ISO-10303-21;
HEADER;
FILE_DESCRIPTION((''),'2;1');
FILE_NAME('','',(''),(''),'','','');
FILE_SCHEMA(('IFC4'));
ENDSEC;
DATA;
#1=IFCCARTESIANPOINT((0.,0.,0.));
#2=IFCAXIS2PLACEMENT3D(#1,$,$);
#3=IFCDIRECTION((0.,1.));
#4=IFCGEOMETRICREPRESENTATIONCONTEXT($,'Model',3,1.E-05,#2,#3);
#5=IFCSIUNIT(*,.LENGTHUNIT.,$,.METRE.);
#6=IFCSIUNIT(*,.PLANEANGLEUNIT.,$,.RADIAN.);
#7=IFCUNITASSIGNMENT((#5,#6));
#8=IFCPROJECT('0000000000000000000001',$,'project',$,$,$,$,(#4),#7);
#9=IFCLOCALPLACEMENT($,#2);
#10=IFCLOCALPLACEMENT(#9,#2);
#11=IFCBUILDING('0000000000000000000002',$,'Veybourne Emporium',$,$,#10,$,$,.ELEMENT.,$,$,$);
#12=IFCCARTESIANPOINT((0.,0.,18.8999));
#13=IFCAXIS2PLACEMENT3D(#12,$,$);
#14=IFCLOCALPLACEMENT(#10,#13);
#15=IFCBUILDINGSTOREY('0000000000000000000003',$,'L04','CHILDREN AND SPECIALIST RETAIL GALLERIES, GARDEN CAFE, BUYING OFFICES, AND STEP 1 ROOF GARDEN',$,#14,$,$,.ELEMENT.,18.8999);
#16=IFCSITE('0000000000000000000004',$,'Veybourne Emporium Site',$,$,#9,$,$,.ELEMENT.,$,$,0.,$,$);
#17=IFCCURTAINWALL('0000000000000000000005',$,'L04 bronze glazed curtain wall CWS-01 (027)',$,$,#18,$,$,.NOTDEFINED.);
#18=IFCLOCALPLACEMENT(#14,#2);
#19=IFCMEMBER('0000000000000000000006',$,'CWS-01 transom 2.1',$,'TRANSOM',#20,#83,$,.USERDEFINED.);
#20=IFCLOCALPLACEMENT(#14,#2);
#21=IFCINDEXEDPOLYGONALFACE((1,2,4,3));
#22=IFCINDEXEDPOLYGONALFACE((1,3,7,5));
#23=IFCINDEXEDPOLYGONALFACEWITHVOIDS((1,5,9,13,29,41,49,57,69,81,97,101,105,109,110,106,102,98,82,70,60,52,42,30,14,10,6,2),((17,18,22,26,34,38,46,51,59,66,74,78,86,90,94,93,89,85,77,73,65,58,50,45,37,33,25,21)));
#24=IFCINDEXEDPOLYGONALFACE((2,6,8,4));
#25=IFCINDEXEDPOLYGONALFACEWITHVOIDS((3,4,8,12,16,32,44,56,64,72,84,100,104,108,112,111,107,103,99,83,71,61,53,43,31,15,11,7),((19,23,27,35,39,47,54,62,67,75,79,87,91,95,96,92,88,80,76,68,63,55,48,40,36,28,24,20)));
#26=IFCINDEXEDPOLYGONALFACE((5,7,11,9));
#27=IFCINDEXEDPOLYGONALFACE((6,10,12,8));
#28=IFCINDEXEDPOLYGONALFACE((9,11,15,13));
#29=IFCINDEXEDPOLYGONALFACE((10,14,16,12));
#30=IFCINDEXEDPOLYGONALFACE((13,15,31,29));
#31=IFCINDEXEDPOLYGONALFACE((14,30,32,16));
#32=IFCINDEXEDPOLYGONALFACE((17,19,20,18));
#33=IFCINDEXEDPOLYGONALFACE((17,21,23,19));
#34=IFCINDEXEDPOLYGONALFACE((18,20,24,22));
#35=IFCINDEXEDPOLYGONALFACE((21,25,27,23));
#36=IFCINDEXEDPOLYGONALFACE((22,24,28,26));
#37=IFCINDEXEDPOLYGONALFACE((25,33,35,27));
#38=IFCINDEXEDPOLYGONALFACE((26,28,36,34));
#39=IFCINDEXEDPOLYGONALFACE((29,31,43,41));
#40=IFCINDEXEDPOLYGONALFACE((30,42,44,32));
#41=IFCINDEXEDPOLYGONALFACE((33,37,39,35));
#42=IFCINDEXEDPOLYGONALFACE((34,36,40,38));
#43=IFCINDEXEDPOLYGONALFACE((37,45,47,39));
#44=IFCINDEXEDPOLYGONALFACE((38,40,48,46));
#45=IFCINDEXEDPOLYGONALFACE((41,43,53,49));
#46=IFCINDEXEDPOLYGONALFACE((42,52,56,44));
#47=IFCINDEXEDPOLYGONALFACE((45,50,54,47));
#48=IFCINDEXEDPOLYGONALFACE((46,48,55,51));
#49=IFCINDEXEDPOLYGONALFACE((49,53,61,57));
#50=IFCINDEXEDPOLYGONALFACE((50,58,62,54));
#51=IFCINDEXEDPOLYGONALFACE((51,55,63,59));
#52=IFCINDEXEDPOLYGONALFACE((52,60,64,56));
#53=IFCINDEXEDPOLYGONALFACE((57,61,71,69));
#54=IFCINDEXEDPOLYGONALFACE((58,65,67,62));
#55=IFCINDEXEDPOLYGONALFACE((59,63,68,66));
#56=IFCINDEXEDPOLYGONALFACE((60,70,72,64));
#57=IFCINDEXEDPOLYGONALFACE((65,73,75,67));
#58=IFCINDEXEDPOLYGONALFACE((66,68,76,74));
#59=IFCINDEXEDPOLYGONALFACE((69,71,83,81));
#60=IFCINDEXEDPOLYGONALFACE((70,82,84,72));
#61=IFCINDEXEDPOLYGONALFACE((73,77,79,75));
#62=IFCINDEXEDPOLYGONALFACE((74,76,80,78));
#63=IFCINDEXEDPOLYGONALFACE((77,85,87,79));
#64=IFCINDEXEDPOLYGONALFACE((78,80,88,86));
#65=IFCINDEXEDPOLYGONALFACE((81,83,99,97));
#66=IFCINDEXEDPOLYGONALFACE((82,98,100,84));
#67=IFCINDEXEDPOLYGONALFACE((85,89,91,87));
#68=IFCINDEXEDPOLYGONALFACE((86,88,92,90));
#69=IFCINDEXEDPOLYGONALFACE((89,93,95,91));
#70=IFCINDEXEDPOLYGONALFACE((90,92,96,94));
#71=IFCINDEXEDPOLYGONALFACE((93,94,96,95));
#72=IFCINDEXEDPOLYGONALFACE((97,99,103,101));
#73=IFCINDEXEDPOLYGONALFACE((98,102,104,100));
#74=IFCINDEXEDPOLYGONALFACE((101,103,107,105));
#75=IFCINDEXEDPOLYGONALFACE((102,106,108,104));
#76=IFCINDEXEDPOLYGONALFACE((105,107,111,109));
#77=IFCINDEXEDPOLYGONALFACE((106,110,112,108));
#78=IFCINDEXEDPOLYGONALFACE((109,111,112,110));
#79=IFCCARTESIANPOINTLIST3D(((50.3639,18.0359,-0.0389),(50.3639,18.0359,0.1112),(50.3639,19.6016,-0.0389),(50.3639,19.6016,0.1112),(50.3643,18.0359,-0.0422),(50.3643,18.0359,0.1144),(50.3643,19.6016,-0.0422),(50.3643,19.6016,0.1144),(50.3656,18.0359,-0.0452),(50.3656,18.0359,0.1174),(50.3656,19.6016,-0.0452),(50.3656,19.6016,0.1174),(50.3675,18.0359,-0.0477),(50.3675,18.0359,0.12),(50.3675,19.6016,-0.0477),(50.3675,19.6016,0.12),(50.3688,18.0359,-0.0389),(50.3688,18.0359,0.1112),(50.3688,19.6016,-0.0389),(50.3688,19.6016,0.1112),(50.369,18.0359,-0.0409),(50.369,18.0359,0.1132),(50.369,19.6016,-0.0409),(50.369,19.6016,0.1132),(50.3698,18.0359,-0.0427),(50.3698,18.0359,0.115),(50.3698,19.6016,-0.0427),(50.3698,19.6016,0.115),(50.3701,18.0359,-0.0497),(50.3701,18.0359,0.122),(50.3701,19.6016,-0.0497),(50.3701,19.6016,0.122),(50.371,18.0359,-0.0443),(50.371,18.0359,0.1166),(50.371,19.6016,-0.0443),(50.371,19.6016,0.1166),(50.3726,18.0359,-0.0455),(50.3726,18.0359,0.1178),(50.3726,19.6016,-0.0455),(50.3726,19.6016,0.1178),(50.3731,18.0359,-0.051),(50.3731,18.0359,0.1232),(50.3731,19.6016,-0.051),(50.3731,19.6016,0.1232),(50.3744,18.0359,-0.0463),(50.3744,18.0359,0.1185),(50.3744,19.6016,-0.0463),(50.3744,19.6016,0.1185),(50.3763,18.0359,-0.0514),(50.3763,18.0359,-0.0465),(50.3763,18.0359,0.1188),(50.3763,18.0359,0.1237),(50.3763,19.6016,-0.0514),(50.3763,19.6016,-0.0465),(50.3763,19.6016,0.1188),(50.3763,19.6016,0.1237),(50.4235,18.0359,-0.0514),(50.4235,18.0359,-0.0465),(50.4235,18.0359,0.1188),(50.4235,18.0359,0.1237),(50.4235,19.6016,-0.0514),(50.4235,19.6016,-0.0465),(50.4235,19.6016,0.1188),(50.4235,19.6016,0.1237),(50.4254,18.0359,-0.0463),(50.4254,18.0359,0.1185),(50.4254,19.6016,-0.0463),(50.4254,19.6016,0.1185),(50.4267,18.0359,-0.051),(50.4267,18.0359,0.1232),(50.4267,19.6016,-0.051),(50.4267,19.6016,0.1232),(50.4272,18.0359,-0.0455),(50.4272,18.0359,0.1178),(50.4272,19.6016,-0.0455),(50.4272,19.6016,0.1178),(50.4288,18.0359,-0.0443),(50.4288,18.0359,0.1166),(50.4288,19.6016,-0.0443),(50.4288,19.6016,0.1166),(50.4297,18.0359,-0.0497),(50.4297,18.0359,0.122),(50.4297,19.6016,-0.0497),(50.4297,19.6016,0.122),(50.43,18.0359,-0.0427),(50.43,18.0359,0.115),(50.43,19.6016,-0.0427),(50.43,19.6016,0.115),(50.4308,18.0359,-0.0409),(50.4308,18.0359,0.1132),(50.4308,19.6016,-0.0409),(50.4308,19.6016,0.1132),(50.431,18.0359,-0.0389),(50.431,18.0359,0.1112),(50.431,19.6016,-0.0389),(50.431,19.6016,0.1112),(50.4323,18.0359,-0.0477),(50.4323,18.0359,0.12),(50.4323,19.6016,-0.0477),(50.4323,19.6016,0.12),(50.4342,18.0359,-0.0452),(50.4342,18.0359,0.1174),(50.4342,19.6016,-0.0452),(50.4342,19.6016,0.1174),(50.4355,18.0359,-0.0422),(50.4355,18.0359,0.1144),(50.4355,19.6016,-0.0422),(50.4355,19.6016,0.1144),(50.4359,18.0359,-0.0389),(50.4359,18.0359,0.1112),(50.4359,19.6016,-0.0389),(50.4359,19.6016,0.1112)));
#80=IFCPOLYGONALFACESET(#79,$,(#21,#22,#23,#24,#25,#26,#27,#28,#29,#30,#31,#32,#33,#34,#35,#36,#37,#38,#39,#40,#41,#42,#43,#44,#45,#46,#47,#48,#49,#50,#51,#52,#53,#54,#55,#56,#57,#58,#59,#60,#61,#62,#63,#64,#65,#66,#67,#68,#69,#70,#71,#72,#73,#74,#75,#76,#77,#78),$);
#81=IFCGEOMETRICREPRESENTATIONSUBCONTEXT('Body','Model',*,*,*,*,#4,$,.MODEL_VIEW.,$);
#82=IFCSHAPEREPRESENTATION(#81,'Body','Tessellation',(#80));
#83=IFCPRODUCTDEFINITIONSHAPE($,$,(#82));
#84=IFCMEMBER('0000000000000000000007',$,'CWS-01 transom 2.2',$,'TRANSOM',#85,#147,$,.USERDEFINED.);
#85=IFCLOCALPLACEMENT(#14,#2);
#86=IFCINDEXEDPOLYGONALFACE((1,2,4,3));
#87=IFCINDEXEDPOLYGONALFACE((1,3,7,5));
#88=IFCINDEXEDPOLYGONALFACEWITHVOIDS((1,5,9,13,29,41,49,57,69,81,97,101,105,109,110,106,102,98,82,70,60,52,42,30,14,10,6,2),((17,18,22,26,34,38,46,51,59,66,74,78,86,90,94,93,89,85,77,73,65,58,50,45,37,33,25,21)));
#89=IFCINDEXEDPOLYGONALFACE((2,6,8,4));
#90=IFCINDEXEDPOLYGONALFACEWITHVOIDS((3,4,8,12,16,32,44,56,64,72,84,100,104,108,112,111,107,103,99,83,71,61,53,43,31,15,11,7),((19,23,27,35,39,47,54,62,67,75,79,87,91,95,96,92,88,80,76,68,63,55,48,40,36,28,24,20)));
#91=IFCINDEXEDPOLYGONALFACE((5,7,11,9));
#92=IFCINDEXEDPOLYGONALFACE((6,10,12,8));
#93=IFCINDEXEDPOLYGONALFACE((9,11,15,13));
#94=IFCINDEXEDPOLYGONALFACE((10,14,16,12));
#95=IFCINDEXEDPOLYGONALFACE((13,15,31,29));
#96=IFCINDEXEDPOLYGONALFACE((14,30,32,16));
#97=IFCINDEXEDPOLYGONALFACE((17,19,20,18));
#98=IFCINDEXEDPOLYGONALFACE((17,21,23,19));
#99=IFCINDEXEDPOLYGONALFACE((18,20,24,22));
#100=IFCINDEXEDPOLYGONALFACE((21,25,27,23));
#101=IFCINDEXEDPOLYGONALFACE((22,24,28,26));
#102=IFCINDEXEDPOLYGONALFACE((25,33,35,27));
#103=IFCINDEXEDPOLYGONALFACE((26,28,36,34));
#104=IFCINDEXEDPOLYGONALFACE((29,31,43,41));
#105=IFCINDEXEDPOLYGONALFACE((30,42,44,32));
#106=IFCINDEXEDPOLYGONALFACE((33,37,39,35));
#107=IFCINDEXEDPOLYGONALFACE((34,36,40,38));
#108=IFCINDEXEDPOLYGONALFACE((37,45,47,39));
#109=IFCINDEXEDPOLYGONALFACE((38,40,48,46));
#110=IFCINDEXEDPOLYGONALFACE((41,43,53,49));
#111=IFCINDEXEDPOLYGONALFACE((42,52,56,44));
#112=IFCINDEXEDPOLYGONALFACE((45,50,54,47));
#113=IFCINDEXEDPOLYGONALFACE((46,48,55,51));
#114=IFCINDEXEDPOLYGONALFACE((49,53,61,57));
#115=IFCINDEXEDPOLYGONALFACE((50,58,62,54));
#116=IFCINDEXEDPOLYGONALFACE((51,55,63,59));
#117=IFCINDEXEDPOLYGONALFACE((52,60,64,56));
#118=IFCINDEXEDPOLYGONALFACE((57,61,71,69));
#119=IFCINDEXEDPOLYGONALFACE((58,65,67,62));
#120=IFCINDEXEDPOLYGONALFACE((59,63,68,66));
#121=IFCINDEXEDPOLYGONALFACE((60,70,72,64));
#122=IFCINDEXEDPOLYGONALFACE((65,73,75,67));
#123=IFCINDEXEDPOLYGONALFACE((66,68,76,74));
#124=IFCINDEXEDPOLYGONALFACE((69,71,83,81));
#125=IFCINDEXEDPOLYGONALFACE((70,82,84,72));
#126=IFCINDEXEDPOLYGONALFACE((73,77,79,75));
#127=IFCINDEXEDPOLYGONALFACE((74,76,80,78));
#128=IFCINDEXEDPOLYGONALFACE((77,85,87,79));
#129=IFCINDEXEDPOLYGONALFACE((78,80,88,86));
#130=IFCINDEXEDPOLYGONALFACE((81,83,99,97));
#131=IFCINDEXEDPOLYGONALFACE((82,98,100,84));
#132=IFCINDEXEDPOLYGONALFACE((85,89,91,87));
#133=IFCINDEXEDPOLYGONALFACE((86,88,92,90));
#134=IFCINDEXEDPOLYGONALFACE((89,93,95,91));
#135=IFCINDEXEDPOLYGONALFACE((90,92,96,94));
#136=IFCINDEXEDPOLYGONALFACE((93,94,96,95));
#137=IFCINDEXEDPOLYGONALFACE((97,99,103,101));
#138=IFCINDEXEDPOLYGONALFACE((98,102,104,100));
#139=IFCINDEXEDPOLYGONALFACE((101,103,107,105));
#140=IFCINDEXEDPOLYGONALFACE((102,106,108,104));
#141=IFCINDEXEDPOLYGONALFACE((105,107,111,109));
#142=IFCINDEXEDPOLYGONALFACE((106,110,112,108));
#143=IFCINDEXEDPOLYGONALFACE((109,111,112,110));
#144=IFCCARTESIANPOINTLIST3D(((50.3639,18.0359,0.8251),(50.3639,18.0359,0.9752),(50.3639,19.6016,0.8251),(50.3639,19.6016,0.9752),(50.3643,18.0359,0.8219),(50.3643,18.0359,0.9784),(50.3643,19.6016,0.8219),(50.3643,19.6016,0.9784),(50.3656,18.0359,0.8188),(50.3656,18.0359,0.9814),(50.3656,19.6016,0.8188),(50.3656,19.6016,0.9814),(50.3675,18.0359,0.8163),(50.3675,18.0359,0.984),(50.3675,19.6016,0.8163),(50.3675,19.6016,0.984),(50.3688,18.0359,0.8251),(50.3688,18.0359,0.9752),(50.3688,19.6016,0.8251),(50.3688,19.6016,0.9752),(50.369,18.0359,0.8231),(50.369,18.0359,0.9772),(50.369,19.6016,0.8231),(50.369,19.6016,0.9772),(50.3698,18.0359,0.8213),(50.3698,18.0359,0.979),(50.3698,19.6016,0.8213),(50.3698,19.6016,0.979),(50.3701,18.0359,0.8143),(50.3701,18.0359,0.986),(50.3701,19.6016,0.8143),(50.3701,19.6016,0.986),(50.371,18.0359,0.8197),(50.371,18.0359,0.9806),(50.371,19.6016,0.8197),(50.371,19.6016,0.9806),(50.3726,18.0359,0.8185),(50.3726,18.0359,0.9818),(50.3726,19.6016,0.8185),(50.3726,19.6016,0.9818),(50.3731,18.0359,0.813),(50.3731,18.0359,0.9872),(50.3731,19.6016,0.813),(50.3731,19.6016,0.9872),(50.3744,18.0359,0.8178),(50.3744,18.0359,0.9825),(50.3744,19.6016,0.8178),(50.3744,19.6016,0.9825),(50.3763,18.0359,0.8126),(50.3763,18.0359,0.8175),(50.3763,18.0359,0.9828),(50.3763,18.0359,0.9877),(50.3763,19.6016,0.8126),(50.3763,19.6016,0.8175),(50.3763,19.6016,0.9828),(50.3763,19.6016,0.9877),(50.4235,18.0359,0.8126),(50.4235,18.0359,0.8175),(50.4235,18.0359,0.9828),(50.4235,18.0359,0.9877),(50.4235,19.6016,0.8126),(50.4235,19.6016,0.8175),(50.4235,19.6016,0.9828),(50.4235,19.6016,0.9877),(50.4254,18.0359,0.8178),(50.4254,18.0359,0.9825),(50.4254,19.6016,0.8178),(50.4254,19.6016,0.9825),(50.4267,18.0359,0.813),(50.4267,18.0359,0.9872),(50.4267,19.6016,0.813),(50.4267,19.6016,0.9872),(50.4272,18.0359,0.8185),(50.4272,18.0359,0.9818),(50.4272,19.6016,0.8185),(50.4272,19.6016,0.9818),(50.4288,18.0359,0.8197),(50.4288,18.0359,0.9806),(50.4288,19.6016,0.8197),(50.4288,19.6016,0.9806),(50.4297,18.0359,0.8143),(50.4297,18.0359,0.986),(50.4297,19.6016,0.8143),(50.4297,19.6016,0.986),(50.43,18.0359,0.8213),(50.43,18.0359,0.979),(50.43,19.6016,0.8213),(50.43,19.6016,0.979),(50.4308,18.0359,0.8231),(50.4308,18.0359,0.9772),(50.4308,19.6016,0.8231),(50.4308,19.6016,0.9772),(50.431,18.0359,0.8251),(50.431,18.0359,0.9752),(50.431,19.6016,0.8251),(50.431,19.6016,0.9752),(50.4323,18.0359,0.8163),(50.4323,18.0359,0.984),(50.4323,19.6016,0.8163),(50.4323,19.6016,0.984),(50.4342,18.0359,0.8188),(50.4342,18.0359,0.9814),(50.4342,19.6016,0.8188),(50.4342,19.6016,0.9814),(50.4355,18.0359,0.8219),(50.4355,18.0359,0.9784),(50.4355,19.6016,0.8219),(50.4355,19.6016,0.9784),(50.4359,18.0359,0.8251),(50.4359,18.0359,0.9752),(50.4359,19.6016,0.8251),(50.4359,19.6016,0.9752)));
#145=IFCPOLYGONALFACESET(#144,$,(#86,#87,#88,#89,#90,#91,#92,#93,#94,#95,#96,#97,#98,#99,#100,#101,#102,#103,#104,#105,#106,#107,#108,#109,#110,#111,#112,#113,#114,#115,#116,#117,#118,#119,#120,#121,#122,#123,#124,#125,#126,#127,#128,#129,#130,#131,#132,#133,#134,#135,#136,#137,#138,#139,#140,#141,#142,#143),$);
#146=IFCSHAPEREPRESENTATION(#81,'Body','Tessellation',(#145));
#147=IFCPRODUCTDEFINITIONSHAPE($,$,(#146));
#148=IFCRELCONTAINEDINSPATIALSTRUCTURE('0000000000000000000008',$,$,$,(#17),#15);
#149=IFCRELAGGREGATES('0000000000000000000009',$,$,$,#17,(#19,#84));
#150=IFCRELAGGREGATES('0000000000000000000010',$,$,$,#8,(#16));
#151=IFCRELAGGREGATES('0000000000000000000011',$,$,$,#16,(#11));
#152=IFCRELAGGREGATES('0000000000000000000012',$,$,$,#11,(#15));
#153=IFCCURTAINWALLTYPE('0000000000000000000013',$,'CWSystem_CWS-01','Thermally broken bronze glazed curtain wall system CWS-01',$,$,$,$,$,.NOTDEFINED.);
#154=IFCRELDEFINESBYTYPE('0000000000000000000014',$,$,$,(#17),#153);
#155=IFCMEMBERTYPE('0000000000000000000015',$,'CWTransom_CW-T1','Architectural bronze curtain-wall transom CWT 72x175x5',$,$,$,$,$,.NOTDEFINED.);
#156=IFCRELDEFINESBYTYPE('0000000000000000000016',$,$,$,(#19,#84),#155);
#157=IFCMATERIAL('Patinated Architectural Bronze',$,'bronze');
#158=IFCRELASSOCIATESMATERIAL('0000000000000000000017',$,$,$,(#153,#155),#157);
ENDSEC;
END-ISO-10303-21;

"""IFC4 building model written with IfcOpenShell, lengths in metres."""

from ifc_helpers import new_model, si_unit, direction, frame, origin, origin_2d, place, context, subcontext, project, spatial, hollow_rectangle, extrude, material, material_profile, profile_set, type_object, element, aggregate, save


model = new_model("IFC4")

# Units and contexts
model_context = context("Model", 3, precision=1e-05, world=origin(), true_north=direction((0.0, 1.0)))
body_context = subcontext(model_context, "Body", "Model", "MODEL_VIEW")
ifc_project = project(units=[si_unit("LENGTHUNIT", "METRE"), si_unit("PLANEANGLEUNIT", "RADIAN")], contexts=[model_context])

# Site, building, storey
site_placement = place(None, origin())
site = spatial("IfcSite", under=ifc_project, at=site_placement, Name="Veybourne Emporium Site", CompositionType="ELEMENT", RefElevation=0.0)
building_placement = place(site_placement, origin())
building = spatial("IfcBuilding", under=site, at=building_placement, Name="Veybourne Emporium", CompositionType="ELEMENT")
storey_placement = place(building_placement, frame((0.0, 0.0, 18.8999)))
storey = spatial("IfcBuildingStorey", under=building, at=storey_placement, Name="L04", Description="CHILDREN AND SPECIALIST RETAIL GALLERIES, GARDEN CAFE, BUYING OFFICES, AND STEP 1 ROOF GARDEN", CompositionType="ELEMENT", Elevation=18.8999)

# Curtain wall, members
ifc_material_1 = material(Name="Patinated Architectural Bronze", Category="bronze")
curtain_wall_type = type_object("IfcCurtainWallType", Name="CWSystem_CWS-01", Description="Thermally broken bronze glazed curtain wall system CWS-01", PredefinedType="NOTDEFINED", material=ifc_material_1)
curtain_wall_placement = place(storey_placement, origin())
curtain_wall = element("IfcCurtainWall", 1, at=curtain_wall_placement, inside=storey, type_object=curtain_wall_type, Name="L04 bronze glazed curtain wall CWS-01 (027)", PredefinedType="NOTDEFINED")
ifc_material_profile = material_profile(ifc_material_1, hollow_rectangle(XDim=0.072, YDim=0.175, WallThickness=0.0049, InnerFilletRadius=0.0076, OuterFilletRadius=0.0125, at=origin_2d()), Name="CWT 72x175x5")
ifc_profile_set = profile_set([ifc_material_profile], Name="Patinated Architectural Bronze")
member_type = type_object("IfcMemberType", Name="CWTransom_CW-T1", Description="Architectural bronze curtain-wall transom CWT 72x175x5", PredefinedType="NOTDEFINED", material=ifc_profile_set)
member_1_placement = place(storey_placement, frame((50.3999, 19.6016, 0.0361), z_axis=(0.0, -1.0, 0.0), x_axis=(1.0, 0.0, 0.0)))
member_1 = element("IfcMember", 2, at=member_1_placement, type_object=member_type, Name="CWS-01 transom 2.1", ObjectType="TRANSOM", PredefinedType="USERDEFINED", context=body_context, shape_type="SweptSolid", body=[
    extrude(hollow_rectangle(XDim=0.072, YDim=0.175, WallThickness=0.0049, InnerFilletRadius=0.0076, OuterFilletRadius=0.0125, at=origin_2d()), origin(), (0.0, 0.0, 1.0), 1.5657),
])
member_2_placement = place(storey_placement, frame((50.3999, 19.6016, 0.9001), z_axis=(0.0, -1.0, 0.0), x_axis=(1.0, 0.0, 0.0)))
member_2 = element("IfcMember", 3, at=member_2_placement, type_object=member_type, Name="CWS-01 transom 2.2", ObjectType="TRANSOM", PredefinedType="USERDEFINED", context=body_context, shape_type="SweptSolid", body=[
    extrude(hollow_rectangle(XDim=0.072, YDim=0.175, WallThickness=0.0049, InnerFilletRadius=0.0076, OuterFilletRadius=0.0125, at=origin_2d()), origin(), (0.0, 0.0, 1.0), 1.5657),
])
aggregate(curtain_wall, [member_1, member_2])

save(model, "model.ifc")
